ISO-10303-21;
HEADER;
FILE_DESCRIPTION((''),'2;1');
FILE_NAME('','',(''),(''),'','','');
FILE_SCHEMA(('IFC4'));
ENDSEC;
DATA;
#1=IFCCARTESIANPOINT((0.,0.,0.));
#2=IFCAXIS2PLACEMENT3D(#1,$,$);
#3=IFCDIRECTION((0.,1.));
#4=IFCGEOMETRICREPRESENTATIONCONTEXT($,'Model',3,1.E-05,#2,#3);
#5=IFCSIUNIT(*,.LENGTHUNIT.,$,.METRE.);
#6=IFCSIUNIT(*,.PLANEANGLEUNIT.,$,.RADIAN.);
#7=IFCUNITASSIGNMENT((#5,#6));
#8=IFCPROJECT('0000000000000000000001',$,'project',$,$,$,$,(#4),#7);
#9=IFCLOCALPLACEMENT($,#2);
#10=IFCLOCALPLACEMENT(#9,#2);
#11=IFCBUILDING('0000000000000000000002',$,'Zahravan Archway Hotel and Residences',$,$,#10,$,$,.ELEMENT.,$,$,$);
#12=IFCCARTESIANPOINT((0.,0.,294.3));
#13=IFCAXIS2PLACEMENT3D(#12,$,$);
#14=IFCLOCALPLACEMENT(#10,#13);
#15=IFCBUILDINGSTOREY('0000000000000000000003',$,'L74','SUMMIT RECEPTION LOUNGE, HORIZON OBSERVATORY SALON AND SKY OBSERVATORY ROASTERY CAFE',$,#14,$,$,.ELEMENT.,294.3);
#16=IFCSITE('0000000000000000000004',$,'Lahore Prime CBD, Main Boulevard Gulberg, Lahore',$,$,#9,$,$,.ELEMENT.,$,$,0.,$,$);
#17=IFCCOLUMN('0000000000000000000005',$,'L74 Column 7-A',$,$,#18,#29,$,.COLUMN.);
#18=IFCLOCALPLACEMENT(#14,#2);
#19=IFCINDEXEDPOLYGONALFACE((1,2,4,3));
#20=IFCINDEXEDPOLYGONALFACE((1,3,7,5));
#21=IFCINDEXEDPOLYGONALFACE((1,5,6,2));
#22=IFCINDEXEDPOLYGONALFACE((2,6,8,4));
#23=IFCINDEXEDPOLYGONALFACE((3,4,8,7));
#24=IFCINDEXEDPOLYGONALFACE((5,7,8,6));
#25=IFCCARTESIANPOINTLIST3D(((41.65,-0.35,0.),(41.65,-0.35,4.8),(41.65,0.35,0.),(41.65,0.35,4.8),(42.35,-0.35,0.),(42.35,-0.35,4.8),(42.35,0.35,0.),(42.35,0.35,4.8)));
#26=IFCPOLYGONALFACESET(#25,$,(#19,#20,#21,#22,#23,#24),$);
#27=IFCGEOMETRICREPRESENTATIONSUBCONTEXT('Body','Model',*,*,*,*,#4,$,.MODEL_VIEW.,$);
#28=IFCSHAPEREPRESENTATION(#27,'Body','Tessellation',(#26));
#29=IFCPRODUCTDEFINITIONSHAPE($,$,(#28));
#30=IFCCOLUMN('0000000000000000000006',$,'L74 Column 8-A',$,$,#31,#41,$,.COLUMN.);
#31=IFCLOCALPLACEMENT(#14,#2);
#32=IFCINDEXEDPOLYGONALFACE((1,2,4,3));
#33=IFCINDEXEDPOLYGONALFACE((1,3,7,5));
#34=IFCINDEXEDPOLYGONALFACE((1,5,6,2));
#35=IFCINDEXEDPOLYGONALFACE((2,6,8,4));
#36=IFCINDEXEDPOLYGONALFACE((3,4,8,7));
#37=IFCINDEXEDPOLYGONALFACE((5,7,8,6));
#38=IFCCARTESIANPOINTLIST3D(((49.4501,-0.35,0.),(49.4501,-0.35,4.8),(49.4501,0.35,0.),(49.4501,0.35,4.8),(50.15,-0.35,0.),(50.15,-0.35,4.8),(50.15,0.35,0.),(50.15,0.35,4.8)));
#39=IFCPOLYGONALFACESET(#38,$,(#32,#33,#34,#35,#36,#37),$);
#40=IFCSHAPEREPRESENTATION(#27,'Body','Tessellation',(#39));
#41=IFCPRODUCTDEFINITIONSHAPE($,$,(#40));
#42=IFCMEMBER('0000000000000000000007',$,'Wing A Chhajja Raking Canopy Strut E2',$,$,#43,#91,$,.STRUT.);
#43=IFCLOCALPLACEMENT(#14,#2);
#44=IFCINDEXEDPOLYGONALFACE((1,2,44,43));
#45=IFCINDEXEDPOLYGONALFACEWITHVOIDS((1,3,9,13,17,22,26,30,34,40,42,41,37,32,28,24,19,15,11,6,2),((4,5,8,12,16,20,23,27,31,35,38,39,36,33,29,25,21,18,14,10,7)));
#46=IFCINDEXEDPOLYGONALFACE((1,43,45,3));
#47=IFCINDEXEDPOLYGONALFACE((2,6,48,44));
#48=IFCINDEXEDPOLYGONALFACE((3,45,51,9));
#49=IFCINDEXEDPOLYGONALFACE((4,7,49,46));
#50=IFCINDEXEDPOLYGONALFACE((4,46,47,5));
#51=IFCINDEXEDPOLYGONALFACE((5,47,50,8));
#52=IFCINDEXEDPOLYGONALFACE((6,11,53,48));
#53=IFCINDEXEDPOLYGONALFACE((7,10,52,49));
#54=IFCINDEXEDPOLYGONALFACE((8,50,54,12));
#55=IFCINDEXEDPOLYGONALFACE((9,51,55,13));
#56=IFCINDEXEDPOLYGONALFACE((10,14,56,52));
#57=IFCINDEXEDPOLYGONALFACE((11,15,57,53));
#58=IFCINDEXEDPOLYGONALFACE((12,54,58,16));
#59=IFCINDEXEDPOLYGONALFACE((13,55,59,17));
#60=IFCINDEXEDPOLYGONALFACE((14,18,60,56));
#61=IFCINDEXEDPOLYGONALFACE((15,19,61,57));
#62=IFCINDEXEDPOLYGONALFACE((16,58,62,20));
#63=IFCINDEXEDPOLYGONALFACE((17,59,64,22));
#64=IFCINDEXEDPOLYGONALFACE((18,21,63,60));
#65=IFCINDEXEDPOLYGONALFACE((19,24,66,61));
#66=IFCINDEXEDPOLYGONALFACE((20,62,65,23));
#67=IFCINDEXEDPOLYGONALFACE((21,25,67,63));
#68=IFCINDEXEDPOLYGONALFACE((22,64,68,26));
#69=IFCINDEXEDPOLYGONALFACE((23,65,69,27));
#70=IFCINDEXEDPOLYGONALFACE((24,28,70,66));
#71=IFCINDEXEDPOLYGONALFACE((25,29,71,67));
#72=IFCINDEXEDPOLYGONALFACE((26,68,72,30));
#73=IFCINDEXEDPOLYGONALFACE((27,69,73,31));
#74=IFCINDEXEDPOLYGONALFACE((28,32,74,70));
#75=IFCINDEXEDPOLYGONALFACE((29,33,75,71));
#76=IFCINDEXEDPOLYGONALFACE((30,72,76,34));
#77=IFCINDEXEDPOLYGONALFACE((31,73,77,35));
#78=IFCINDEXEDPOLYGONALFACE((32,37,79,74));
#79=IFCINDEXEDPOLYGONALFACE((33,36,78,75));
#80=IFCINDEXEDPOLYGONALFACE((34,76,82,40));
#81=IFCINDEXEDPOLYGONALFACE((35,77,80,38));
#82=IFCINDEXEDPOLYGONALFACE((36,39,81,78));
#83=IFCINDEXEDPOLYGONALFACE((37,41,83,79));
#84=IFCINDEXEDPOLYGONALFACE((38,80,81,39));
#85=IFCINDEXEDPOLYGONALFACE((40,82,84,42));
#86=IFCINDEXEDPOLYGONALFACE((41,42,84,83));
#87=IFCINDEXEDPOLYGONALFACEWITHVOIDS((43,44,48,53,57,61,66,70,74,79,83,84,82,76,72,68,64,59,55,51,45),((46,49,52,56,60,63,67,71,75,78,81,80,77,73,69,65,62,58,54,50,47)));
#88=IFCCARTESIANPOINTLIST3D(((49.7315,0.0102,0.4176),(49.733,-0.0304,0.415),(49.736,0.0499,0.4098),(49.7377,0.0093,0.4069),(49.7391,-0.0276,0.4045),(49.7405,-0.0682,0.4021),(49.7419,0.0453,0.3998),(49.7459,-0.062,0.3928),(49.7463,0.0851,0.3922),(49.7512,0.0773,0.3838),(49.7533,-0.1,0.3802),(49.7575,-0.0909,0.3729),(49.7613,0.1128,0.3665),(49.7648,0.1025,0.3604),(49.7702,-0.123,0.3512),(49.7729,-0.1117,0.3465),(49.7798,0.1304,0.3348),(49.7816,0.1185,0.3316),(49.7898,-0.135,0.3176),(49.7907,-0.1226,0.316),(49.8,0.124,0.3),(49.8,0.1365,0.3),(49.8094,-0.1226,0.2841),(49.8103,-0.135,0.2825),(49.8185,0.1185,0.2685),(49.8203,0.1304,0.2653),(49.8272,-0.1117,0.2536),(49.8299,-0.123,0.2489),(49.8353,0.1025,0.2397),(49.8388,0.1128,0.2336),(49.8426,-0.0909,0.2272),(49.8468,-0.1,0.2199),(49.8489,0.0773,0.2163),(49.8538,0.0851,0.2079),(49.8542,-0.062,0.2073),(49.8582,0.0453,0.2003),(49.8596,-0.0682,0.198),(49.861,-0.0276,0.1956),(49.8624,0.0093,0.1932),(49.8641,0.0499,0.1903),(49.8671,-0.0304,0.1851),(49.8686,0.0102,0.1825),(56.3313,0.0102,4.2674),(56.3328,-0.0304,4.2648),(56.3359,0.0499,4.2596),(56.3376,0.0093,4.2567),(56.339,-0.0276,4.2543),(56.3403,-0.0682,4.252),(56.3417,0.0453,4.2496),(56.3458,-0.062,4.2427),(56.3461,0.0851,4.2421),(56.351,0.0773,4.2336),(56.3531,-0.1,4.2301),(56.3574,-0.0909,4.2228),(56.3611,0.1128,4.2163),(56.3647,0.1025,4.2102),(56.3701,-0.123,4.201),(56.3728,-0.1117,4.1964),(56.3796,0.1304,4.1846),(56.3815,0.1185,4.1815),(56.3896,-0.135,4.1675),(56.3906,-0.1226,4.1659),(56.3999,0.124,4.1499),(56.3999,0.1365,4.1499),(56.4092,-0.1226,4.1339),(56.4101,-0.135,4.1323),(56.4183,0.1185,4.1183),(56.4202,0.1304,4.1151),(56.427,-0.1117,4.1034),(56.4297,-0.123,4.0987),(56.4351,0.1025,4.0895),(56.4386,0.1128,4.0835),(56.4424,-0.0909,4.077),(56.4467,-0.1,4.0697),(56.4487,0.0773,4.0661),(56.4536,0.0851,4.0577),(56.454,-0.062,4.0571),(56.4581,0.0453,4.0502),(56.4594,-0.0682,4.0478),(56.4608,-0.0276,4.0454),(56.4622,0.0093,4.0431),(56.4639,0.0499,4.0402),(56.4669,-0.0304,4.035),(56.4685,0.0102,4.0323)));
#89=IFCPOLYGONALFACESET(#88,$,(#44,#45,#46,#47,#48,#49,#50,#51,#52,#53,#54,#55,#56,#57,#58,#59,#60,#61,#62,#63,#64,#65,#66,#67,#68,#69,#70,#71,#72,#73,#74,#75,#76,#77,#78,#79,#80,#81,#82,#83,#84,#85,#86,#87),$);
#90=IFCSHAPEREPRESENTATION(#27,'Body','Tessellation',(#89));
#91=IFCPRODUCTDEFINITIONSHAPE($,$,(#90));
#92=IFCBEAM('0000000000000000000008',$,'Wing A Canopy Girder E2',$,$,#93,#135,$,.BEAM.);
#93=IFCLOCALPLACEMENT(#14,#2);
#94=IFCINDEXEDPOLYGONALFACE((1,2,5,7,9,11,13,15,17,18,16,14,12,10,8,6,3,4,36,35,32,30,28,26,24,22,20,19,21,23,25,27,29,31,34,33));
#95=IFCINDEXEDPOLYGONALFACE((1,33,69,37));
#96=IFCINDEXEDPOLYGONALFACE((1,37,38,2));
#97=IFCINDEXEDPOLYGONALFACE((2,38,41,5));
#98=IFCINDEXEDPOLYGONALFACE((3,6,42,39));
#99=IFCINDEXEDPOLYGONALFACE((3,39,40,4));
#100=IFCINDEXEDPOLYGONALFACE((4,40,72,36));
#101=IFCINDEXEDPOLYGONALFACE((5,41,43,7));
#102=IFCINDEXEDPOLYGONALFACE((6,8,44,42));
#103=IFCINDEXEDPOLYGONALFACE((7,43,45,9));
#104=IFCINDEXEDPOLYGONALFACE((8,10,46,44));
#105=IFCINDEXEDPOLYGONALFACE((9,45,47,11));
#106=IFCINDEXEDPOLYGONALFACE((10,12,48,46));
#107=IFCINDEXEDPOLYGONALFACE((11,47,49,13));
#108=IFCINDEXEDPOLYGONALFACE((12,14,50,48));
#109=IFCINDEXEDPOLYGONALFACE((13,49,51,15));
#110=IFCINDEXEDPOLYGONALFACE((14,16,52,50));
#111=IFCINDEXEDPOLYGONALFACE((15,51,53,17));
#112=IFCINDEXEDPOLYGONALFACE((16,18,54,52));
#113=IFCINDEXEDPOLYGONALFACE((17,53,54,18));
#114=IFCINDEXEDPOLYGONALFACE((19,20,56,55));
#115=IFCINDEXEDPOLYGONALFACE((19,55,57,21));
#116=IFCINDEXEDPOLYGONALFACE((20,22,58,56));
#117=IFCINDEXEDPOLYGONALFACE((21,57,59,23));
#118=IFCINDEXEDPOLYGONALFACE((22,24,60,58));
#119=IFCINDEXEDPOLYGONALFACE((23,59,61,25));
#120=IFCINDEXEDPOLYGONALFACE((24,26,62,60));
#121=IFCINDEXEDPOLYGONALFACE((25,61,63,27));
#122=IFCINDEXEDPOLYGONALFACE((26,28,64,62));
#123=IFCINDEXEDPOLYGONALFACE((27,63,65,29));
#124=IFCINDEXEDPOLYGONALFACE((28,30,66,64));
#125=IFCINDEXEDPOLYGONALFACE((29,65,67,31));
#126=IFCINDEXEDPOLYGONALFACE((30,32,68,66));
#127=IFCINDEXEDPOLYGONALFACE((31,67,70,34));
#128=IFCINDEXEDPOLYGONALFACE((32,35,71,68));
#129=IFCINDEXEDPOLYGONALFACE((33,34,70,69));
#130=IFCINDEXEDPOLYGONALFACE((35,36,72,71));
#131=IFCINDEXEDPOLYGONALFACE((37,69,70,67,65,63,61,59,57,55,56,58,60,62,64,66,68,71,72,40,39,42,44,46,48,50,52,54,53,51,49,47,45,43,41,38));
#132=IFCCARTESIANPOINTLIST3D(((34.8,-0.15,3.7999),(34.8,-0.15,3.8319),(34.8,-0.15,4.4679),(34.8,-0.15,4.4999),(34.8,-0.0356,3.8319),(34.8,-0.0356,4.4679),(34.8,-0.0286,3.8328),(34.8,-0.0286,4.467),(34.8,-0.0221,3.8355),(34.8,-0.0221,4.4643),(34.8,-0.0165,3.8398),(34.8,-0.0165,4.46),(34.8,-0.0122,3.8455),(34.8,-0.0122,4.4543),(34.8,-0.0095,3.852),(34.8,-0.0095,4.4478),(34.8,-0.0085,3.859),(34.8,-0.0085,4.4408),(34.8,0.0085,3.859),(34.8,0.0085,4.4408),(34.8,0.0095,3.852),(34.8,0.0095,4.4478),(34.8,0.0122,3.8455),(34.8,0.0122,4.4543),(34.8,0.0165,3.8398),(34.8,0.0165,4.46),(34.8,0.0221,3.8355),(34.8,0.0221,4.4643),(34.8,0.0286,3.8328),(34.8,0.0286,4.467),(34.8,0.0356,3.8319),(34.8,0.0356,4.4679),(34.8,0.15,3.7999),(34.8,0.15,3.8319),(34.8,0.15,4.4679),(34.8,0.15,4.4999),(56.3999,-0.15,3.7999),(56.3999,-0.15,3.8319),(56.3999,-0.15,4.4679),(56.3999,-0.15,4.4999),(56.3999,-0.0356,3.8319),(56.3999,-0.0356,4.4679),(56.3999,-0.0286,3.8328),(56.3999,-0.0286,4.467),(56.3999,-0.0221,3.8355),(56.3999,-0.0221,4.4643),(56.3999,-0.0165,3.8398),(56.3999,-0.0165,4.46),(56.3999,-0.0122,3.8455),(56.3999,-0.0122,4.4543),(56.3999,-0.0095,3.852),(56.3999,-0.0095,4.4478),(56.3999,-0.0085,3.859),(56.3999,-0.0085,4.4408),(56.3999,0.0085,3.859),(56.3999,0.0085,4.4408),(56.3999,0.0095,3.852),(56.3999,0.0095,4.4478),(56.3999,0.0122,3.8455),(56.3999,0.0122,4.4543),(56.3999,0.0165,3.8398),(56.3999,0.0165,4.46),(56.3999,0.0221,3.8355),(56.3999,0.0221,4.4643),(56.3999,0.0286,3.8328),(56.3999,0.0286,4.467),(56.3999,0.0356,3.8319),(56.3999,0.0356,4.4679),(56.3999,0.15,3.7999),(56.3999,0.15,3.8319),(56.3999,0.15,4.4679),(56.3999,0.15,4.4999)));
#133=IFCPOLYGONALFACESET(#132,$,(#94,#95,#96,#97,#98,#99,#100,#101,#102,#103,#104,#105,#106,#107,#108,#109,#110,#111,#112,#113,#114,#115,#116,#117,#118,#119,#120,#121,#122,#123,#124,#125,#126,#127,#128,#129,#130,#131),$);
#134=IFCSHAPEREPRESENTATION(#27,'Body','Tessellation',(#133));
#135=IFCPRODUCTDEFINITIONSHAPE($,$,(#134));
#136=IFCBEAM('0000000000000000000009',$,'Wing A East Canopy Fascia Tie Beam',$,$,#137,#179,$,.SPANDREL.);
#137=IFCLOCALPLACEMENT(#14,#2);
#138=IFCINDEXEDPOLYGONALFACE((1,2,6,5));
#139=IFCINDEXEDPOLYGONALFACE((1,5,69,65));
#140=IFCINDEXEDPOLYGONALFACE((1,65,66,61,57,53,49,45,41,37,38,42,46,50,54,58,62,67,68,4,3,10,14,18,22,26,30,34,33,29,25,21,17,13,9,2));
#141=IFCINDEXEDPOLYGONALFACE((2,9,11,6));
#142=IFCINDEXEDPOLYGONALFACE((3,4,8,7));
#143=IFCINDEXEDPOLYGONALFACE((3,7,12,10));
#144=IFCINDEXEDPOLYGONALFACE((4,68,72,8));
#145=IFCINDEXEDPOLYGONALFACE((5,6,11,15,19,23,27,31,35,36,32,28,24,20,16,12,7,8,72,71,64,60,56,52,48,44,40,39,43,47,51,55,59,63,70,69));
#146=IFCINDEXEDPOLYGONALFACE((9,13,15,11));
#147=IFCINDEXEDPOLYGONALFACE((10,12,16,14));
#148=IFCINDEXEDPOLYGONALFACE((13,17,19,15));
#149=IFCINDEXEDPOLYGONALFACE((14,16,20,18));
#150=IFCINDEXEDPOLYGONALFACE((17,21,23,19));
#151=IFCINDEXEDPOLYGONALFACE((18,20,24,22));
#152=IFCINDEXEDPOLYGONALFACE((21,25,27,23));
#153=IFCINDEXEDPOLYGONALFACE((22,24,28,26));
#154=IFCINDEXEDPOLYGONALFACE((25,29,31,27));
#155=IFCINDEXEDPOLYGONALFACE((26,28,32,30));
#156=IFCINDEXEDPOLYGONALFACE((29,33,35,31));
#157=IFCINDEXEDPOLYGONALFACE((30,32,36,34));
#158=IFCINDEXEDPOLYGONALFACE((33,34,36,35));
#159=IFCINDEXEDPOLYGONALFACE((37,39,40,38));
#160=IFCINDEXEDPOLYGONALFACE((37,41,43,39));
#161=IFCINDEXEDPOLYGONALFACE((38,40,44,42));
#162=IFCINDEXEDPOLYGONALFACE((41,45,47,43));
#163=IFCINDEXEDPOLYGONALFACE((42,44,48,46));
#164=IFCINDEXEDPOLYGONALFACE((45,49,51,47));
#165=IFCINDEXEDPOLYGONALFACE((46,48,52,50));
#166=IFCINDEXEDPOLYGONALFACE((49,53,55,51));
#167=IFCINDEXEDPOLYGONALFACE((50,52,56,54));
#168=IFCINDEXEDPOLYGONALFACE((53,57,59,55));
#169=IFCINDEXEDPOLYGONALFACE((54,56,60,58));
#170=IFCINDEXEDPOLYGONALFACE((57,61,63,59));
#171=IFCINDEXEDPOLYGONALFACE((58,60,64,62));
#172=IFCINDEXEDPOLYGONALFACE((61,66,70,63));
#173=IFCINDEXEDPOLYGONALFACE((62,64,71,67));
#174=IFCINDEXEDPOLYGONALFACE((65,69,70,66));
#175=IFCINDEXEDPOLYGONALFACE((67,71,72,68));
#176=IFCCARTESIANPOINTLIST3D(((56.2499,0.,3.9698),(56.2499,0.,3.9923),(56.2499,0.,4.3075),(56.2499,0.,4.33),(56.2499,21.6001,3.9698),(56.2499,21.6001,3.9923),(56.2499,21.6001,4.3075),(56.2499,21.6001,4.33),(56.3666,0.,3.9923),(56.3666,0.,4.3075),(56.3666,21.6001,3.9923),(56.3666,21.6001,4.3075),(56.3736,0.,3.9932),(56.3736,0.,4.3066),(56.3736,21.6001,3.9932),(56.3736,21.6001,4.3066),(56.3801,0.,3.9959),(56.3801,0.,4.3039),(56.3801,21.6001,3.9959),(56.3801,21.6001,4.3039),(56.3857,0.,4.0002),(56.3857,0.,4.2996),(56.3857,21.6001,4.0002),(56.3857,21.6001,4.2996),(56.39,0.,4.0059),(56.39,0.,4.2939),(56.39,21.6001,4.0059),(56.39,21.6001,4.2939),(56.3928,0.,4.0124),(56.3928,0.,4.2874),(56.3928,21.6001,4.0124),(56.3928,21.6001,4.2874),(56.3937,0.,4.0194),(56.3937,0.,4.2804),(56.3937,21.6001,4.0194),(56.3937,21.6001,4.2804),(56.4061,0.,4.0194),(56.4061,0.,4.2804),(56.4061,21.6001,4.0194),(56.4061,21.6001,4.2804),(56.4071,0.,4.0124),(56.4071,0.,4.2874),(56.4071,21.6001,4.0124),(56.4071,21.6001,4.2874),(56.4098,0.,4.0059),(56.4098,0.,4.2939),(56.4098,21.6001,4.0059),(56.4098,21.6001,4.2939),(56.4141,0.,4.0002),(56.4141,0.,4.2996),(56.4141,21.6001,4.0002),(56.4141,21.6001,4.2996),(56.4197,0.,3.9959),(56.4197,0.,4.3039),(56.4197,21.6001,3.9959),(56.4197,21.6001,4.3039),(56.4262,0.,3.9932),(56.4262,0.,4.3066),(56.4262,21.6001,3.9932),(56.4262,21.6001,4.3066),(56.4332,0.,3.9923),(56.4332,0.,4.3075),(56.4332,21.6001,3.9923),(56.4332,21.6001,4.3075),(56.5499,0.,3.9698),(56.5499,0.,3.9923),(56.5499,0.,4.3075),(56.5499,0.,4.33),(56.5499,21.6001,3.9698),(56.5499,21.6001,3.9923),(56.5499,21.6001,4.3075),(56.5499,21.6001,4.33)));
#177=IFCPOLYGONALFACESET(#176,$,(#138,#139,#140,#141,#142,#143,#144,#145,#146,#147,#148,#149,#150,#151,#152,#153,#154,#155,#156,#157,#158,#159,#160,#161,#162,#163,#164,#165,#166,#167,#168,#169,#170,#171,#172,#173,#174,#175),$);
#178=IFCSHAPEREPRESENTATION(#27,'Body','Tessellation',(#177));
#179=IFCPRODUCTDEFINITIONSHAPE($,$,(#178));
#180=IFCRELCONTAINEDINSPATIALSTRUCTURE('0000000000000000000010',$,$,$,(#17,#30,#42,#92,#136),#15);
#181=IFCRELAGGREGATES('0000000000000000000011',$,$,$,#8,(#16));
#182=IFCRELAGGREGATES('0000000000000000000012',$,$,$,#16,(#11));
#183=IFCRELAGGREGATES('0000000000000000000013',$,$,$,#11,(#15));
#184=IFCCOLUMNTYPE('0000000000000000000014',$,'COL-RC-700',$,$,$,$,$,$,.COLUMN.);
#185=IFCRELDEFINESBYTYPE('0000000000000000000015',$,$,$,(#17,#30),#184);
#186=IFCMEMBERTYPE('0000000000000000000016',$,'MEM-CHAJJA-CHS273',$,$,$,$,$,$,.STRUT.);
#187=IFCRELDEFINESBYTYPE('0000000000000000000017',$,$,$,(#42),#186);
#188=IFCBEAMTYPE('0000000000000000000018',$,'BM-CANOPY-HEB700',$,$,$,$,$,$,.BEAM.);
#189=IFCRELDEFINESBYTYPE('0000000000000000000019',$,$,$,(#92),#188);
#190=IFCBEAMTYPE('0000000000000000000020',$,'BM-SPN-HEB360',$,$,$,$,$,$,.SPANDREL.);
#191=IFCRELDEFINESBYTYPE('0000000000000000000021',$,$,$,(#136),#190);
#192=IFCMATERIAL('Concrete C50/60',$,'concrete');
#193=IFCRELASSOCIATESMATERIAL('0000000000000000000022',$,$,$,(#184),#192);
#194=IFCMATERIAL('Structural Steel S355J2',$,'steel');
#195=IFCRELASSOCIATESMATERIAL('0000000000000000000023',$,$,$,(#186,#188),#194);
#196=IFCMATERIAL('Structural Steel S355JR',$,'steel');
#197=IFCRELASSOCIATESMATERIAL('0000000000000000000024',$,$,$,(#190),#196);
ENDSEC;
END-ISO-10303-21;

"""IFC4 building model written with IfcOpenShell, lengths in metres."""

from ifc_helpers import new_model, si_unit, direction, frame, origin, origin_2d, place, context, subcontext, project, spatial, rectangle, hollow_circle, i_section, extrude, source, transform, mapped, material, material_profile, profile_set, type_object, element, save


model = new_model("IFC4")

# Units and contexts
model_context = context("Model", 3, precision=1e-05, world=origin(), true_north=direction((0.0, 1.0)))
body_context = subcontext(model_context, "Body", "Model", "MODEL_VIEW")
ifc_project = project(units=[si_unit("LENGTHUNIT", "METRE"), si_unit("PLANEANGLEUNIT", "RADIAN")], contexts=[model_context])

# Site, building, storey
site_placement = place(None, origin())
site = spatial("IfcSite", under=ifc_project, at=site_placement, Name="Lahore Prime CBD, Main Boulevard Gulberg, Lahore", CompositionType="ELEMENT", RefElevation=0.0)
building_placement = place(site_placement, origin())
building = spatial("IfcBuilding", under=site, at=building_placement, Name="Zahravan Archway Hotel and Residences", CompositionType="ELEMENT")
storey_placement = place(building_placement, frame((0.0, 0.0, 294.3)))
storey = spatial("IfcBuildingStorey", under=building, at=storey_placement, Name="L74", Description="SUMMIT RECEPTION LOUNGE, HORIZON OBSERVATORY SALON AND SKY OBSERVATORY ROASTERY CAFE", CompositionType="ELEMENT", Elevation=294.3)

# Columns
ifc_material_1 = material(Name="Concrete C50/60", Category="concrete")
ifc_material_profile_1 = material_profile(ifc_material_1, rectangle(XDim=0.7, YDim=0.7, at=origin_2d()), Name="RC-COL-700x700", Category="concrete")
ifc_profile_set_1 = profile_set([ifc_material_profile_1], Name="Concrete C50/60")
column_type = type_object("IfcColumnType", Name="COL-RC-700", PredefinedType="COLUMN", material=ifc_profile_set_1)
shared_shape_1 = source(origin(), body_context, "Body", "SweptSolid", [
    extrude(rectangle(XDim=0.7, YDim=0.7, at=origin_2d()), origin(), (0.0, 0.0, 1.0), 4.8),
])
for number, where, z_axis, x_axis, name in (
    (1, (42.0, 0.0, 0.0), (0.0, 0.0, 1.0), (1.0, 0.0, 0.0), "L74 Column 7-A"),
    (2, (49.8, 0.0, 0.0), (0.0, 0.0, 1.0), (1.0, 0.0, 0.0), "L74 Column 8-A"),
):
    element("IfcColumn", number, at=place(storey_placement, frame(where, z_axis=z_axis, x_axis=x_axis)), inside=storey, type_object=column_type, Name=name, PredefinedType="COLUMN", context=body_context, shape_type="MappedRepresentation", body=[
        mapped(shared_shape_1, transform((0.0, 0.0, 0.0), scale=1.0)),
    ])

# Member
ifc_material_2 = material(Name="Structural Steel S355J2", Category="steel")
ifc_material_profile_2 = material_profile(ifc_material_2, hollow_circle(Radius=0.1365, WallThickness=0.0125, at=origin_2d()), Name="CHS 273x12.5", Category="steel")
ifc_profile_set_2 = profile_set([ifc_material_profile_2], Name="Structural Steel S355J2")
member_type = type_object("IfcMemberType", Name="MEM-CHAJJA-CHS273", PredefinedType="STRUT", material=ifc_profile_set_2)
shared_shape_2 = source(origin(), body_context, "Body", "SweptSolid", [
    extrude(hollow_circle(Radius=0.1365, WallThickness=0.0125, at=origin_2d()), origin(), (0.0, 0.0, 1.0), 7.6406),
])
member_placement = place(storey_placement, frame((49.8, 0.0, 0.3), z_axis=(0.863782, 0.0, 0.503865), x_axis=(0.0, 1.0, 0.0)))
element("IfcMember", 3, at=member_placement, inside=storey, type_object=member_type, Name="Wing A Chhajja Raking Canopy Strut E2", PredefinedType="STRUT", context=body_context, shape_type="MappedRepresentation", body=[
    mapped(shared_shape_2, transform((0.0, 0.0, 0.0), scale=1.0)),
])

# Beams
ifc_material_profile_3 = material_profile(ifc_material_2, i_section(OverallWidth=0.3, OverallDepth=0.7, WebThickness=0.0171, FlangeThickness=0.032, FilletRadius=0.0271, at=origin_2d()), Name="HEB 700", Category="steel")
ifc_profile_set_3 = profile_set([ifc_material_profile_3], Name="Structural Steel S355J2")
beam_type_1 = type_object("IfcBeamType", Name="BM-CANOPY-HEB700", PredefinedType="BEAM", material=ifc_profile_set_3)
shared_shape_3 = source(origin(), body_context, "Body", "SweptSolid", [
    extrude(i_section(OverallWidth=0.3, OverallDepth=0.7, WebThickness=0.0171, FlangeThickness=0.032, FilletRadius=0.0271, at=origin_2d()), origin(), (0.0, 0.0, 1.0), 21.5999),
])
beam_1_placement = place(storey_placement, frame((34.8, 0.0, 4.1499), z_axis=(1.0, 0.0, 0.0), x_axis=(0.0, 1.0, 0.0)))
element("IfcBeam", 4, at=beam_1_placement, inside=storey, type_object=beam_type_1, Name="Wing A Canopy Girder E2", PredefinedType="BEAM", context=body_context, shape_type="MappedRepresentation", body=[
    mapped(shared_shape_3, transform((0.0, 0.0, 0.0), scale=1.0)),
])
ifc_material_3 = material(Name="Structural Steel S355JR", Category="steel")
ifc_material_profile_4 = material_profile(ifc_material_3, i_section(OverallWidth=0.3, OverallDepth=0.3601, WebThickness=0.0125, FlangeThickness=0.0225, FilletRadius=0.0271, at=origin_2d()), Name="HEB 360", Category="steel")
ifc_profile_set_4 = profile_set([ifc_material_profile_4], Name="Structural Steel S355JR")
beam_type_2 = type_object("IfcBeamType", Name="BM-SPN-HEB360", PredefinedType="SPANDREL", material=ifc_profile_set_4)
shared_shape_4 = source(origin(), body_context, "Body", "SweptSolid", [
    extrude(i_section(OverallWidth=0.3, OverallDepth=0.3601, WebThickness=0.0125, FlangeThickness=0.0225, FilletRadius=0.0271, at=origin_2d()), origin(), (0.0, 0.0, 1.0), 21.6001),
])
beam_2_placement = place(storey_placement, frame((56.3999, 0.0, 4.1499), z_axis=(0.0, 1.0, 0.0), x_axis=(-1.0, 0.0, 0.0)))
element("IfcBeam", 5, at=beam_2_placement, inside=storey, type_object=beam_type_2, Name="Wing A East Canopy Fascia Tie Beam", PredefinedType="SPANDREL", context=body_context, shape_type="MappedRepresentation", body=[
    mapped(shared_shape_4, transform((0.0, 0.0, 0.0), scale=1.0)),
])

save(model, "model.ifc")
